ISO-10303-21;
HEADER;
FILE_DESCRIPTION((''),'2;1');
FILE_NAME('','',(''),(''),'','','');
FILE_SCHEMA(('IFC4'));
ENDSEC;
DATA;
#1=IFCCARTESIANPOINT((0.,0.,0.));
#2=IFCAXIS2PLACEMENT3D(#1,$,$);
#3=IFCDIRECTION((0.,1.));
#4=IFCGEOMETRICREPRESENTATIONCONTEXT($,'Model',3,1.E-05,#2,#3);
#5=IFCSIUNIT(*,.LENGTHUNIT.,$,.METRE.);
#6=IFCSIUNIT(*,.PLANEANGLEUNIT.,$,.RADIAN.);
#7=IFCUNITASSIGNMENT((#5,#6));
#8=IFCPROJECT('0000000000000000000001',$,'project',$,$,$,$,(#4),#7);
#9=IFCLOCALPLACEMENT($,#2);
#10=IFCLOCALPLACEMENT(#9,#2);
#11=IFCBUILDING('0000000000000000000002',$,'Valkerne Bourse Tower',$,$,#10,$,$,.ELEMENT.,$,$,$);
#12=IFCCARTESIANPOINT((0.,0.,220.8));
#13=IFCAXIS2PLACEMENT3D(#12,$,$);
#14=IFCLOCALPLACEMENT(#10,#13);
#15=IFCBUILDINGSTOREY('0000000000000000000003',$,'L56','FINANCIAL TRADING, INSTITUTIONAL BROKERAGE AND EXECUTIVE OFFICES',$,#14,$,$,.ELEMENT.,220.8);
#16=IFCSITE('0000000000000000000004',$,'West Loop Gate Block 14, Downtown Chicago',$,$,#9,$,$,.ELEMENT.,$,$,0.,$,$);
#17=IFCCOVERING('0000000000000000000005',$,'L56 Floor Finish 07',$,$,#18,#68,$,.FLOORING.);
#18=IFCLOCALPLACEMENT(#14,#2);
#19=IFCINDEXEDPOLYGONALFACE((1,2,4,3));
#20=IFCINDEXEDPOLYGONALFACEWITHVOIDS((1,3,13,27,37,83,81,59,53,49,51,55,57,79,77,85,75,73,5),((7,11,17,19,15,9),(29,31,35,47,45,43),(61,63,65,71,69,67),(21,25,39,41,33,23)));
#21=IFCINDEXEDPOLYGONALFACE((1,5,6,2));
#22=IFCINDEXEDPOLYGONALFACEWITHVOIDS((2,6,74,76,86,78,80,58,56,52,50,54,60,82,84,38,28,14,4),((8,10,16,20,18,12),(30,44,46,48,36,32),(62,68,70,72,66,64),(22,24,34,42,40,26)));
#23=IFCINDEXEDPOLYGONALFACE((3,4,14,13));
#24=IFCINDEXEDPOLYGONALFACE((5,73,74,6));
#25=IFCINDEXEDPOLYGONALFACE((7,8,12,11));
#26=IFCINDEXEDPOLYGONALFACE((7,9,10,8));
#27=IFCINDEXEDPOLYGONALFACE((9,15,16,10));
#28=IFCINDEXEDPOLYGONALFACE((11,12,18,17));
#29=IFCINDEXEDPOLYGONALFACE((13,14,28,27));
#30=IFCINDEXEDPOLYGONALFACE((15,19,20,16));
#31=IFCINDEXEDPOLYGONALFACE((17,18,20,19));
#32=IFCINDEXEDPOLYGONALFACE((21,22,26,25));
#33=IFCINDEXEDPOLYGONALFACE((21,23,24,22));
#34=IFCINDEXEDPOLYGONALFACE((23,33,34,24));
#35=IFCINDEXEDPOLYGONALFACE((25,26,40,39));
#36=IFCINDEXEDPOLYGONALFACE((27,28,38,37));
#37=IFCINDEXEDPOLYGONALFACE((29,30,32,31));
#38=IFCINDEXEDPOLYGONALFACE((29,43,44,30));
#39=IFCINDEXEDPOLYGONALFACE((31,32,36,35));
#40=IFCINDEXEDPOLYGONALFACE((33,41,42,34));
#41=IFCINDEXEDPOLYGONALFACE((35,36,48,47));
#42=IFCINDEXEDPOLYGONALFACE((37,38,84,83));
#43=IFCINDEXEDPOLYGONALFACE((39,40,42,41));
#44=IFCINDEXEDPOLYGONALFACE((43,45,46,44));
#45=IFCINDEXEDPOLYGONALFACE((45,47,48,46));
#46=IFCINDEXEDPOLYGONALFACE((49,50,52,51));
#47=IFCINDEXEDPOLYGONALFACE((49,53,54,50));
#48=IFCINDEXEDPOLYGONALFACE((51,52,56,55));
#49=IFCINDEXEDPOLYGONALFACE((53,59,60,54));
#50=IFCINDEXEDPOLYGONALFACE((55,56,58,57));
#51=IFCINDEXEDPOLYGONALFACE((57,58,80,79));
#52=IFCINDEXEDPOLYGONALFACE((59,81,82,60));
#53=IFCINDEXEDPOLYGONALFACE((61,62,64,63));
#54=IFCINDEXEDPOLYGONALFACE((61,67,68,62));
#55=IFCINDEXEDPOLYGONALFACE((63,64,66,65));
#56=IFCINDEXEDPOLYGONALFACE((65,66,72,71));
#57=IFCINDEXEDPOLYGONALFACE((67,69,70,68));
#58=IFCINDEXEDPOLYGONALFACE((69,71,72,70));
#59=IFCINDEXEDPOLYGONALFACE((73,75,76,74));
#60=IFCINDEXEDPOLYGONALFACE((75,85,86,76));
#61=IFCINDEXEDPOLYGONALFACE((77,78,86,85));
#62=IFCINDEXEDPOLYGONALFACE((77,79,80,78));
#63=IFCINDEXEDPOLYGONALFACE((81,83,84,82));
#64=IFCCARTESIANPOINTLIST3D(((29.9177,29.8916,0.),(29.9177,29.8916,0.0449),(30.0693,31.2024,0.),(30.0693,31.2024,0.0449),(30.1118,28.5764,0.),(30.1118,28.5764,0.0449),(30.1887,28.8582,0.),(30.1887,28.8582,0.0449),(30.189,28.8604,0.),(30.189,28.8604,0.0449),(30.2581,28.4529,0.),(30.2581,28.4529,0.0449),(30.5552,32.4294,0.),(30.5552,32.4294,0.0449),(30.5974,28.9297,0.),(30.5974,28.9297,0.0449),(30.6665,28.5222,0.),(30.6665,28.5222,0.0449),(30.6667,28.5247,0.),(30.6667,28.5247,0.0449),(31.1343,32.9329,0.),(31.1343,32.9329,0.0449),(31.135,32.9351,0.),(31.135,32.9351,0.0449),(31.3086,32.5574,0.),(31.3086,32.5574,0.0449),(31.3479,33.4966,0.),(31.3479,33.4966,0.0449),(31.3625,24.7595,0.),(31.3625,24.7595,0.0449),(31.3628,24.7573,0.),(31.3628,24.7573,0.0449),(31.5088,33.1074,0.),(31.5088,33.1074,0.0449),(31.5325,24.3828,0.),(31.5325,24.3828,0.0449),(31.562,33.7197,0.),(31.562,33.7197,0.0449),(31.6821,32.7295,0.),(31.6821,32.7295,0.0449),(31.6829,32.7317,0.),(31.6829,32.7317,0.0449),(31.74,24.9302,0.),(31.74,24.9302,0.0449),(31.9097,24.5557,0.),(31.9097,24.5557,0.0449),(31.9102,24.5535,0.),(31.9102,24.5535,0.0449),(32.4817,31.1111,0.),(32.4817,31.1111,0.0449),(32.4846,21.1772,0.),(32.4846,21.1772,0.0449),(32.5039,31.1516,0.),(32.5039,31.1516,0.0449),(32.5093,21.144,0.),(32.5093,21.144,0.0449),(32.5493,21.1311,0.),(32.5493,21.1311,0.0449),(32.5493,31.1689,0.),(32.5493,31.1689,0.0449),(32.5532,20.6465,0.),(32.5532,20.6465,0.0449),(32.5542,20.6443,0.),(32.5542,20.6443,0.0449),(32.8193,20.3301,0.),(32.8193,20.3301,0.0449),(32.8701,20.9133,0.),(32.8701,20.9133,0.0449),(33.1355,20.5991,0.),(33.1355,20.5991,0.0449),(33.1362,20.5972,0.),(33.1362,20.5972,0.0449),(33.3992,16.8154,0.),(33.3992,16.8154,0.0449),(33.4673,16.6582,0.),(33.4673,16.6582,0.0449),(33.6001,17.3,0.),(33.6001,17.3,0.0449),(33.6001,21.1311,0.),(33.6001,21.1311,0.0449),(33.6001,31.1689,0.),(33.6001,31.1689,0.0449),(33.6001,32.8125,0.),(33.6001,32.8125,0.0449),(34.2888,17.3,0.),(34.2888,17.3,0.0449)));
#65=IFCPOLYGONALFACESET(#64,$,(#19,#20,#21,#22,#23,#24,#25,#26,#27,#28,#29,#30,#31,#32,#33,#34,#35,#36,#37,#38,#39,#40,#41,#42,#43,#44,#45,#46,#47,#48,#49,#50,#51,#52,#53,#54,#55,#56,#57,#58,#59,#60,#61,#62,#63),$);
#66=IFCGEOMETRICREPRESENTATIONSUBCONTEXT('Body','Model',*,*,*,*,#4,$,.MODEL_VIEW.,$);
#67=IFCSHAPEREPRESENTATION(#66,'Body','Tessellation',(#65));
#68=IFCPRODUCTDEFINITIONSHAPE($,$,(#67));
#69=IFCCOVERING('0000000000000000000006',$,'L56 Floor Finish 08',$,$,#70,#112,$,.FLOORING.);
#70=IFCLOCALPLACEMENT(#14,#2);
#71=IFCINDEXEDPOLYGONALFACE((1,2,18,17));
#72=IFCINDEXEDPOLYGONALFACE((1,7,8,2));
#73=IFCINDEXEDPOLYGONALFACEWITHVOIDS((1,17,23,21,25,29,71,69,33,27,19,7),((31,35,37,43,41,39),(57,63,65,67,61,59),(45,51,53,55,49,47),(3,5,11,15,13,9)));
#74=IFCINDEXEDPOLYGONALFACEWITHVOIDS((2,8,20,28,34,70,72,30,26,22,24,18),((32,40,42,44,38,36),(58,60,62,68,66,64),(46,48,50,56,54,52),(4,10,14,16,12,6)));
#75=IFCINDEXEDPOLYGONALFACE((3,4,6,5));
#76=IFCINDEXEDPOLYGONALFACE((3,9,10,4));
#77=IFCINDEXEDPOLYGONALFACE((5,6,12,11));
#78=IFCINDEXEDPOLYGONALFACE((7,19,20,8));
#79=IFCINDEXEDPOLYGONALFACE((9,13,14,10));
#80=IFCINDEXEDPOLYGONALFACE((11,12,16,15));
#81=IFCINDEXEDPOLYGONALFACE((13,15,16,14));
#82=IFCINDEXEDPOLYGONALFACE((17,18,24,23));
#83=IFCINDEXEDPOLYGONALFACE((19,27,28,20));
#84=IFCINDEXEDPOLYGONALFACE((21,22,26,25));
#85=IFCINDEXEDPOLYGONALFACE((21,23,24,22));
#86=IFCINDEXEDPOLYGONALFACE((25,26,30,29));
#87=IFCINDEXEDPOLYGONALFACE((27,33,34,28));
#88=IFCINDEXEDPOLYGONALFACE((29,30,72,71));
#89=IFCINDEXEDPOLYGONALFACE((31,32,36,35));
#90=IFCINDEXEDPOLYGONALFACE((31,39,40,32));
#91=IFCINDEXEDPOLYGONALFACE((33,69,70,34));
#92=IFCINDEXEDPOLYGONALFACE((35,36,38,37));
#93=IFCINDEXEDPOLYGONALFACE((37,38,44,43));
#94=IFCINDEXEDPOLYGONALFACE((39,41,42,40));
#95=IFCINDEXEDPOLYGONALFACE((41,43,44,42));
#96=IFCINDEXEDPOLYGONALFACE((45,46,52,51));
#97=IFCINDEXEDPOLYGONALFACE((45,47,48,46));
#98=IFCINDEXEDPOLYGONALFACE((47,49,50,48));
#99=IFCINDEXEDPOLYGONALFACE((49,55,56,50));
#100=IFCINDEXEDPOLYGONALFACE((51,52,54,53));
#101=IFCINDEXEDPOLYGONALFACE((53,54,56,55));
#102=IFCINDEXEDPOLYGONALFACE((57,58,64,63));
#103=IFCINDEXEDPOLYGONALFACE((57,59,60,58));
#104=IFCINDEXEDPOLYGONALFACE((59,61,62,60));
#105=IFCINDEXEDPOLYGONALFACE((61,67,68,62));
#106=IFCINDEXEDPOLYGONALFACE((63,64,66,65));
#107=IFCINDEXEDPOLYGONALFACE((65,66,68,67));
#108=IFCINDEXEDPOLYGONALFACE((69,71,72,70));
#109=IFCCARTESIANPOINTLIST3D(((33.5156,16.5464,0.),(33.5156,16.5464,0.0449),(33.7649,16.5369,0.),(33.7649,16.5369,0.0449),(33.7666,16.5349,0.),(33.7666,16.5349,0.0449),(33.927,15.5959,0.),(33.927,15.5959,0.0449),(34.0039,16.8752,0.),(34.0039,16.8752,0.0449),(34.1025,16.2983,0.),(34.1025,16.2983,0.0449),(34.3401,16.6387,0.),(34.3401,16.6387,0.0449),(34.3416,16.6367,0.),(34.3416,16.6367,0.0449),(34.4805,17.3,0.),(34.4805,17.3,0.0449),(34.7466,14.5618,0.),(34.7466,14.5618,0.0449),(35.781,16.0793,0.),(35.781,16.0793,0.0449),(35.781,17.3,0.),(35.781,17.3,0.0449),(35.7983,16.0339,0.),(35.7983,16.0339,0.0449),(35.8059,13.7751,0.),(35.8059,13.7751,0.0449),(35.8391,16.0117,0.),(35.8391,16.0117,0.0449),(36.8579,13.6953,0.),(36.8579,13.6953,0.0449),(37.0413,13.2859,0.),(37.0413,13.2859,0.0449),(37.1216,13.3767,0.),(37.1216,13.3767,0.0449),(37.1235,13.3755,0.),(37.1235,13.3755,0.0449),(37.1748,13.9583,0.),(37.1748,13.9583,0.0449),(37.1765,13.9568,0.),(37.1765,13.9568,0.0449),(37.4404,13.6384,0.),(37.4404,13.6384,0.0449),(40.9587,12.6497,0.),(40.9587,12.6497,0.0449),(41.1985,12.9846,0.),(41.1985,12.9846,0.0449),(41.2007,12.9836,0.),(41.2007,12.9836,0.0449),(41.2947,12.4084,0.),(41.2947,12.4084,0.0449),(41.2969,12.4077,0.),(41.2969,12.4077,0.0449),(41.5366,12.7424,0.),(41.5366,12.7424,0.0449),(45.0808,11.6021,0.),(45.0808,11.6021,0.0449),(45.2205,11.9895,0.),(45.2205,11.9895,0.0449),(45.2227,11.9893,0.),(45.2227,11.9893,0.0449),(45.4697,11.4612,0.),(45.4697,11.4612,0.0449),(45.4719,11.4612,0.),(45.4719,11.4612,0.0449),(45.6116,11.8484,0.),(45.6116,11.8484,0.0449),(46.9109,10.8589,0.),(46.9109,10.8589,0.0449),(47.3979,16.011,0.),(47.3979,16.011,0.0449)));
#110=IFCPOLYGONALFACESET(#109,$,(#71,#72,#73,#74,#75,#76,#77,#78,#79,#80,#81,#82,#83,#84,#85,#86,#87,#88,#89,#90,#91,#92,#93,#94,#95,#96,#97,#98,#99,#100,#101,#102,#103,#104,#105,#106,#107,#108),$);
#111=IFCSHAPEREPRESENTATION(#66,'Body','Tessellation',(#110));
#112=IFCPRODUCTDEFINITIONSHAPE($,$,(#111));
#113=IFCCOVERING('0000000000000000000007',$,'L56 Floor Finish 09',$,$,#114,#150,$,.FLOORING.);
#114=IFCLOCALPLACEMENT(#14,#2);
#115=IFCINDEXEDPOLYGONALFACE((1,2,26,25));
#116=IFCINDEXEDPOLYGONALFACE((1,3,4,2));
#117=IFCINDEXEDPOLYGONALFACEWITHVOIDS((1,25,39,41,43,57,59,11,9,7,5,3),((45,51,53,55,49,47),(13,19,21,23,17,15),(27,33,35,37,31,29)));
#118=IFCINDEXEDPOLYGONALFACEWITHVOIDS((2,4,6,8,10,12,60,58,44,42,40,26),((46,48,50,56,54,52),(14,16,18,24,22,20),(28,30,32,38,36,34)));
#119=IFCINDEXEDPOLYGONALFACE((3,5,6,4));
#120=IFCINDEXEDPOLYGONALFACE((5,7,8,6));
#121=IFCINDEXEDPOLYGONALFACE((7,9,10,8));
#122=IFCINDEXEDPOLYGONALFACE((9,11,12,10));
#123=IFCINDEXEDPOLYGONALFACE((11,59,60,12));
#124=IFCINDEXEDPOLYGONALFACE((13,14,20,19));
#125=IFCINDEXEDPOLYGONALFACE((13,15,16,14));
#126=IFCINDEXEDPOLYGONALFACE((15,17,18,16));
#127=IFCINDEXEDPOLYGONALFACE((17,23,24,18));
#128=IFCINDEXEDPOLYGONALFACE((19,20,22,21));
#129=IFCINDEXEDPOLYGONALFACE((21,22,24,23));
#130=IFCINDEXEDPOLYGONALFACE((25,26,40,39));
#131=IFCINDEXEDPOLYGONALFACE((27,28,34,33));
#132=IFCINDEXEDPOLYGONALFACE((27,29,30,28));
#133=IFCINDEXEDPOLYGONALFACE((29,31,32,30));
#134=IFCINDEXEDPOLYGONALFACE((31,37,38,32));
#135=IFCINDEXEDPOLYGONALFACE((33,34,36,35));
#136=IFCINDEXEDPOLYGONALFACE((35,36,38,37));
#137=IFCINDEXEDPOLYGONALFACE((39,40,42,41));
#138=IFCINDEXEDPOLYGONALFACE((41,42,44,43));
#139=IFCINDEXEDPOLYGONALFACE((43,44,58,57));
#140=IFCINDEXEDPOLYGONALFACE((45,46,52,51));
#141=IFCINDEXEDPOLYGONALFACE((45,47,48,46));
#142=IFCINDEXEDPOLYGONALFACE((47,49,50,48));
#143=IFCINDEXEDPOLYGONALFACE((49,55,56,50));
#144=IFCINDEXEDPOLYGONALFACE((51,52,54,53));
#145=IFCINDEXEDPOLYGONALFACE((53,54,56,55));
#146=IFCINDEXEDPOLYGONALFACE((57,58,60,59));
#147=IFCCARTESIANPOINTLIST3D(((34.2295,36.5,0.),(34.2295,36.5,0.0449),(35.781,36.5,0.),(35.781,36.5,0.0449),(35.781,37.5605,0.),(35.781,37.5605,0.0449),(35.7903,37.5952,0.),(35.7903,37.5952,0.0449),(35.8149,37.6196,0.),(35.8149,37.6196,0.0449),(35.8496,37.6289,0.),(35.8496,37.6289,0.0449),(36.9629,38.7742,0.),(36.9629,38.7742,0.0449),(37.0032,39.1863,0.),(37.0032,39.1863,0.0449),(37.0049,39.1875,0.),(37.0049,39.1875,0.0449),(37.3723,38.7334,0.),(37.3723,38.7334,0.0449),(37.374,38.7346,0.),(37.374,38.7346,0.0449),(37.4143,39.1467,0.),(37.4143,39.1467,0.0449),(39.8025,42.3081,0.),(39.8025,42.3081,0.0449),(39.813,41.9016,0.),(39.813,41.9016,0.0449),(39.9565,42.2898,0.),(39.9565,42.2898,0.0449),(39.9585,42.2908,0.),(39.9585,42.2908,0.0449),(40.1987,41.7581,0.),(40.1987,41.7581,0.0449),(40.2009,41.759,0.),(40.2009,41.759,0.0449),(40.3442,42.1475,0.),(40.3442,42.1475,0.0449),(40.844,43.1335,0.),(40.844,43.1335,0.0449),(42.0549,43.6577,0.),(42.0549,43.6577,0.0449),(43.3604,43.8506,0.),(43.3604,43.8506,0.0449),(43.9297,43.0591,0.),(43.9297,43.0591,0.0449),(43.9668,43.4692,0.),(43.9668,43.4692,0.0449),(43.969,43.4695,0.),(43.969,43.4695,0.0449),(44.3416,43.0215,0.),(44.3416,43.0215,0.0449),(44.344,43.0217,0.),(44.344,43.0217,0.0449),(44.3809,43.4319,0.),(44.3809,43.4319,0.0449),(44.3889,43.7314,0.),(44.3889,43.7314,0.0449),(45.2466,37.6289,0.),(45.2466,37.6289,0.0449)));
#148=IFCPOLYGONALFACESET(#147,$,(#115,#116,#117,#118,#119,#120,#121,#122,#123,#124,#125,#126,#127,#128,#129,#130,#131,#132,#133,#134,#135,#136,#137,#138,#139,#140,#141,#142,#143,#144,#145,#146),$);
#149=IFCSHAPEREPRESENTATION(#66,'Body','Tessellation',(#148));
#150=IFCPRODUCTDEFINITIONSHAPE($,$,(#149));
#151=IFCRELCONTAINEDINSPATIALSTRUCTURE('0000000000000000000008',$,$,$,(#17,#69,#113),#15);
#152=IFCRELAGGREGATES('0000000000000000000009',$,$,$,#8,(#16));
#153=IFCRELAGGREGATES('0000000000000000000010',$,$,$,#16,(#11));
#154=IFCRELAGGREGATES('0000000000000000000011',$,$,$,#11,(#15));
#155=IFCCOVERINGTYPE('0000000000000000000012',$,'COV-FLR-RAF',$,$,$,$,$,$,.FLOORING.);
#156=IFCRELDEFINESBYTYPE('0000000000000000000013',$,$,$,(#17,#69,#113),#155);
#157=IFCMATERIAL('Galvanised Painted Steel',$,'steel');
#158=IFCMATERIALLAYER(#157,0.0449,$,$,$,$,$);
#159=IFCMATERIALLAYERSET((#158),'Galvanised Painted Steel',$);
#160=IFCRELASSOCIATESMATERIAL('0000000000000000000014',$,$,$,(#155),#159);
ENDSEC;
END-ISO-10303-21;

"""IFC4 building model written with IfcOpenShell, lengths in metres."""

from ifc_helpers import new_model, si_unit, direction, frame, origin, place, context, subcontext, project, spatial, polyline, outline, extrude, material, layer, layer_set, type_object, element, save


model = new_model("IFC4")

# Units and contexts
model_context = context("Model", 3, precision=1e-05, world=origin(), true_north=direction((0.0, 1.0)))
body_context = subcontext(model_context, "Body", "Model", "MODEL_VIEW")
ifc_project = project(units=[si_unit("LENGTHUNIT", "METRE"), si_unit("PLANEANGLEUNIT", "RADIAN")], contexts=[model_context])

# Site, building, storey
site_placement = place(None, origin())
site = spatial("IfcSite", under=ifc_project, at=site_placement, Name="West Loop Gate Block 14, Downtown Chicago", CompositionType="ELEMENT", RefElevation=0.0)
building_placement = place(site_placement, origin())
building = spatial("IfcBuilding", under=site, at=building_placement, Name="Valkerne Bourse Tower", CompositionType="ELEMENT")
storey_placement = place(building_placement, frame((0.0, 0.0, 220.8)))
storey = spatial("IfcBuildingStorey", under=building, at=storey_placement, Name="L56", Description="FINANCIAL TRADING, INSTITUTIONAL BROKERAGE AND EXECUTIVE OFFICES", CompositionType="ELEMENT", Elevation=220.8)

# Coverings
ifc_material_1 = material(Name="Galvanised Painted Steel", Category="steel")
ifc_layer_1 = layer(ifc_material_1, 0.0449)
ifc_layer_set_1 = layer_set([ifc_layer_1], Name="Galvanised Painted Steel")
covering_type_1 = type_object("IfcCoveringType", Name="COV-FLR-RAF", PredefinedType="FLOORING", material=ifc_layer_set_1)
covering_1_placement = place(storey_placement, origin())
element("IfcCovering", 1, at=covering_1_placement, inside=storey, type_object=covering_type_1, Name="L56 Floor Finish 07", PredefinedType="FLOORING", context=body_context, shape_type="SweptSolid", body=[
    extrude(outline(polyline([(29.9177, 29.8916), (30.0693, 31.2024), (30.5552, 32.4294), (31.3479, 33.4966), (31.562, 33.7197), (33.6001, 32.8125), (33.6001, 31.1689), (32.5493, 31.1689), (32.5039, 31.1516), (32.4817, 31.1111), (32.4846, 21.1772), (32.5093, 21.144), (32.5493, 21.1311), (33.6001, 21.1311), (33.6001, 17.3), (34.2888, 17.3), (33.4673, 16.6582), (33.3992, 16.8154), (30.1118, 28.5764), (29.9177, 29.8916)]), holes=[polyline([(33.1355, 20.5991), (32.8701, 20.9133), (32.5532, 20.6465), (32.5542, 20.6443), (32.8193, 20.3301), (33.1362, 20.5972), (33.1355, 20.5991)]), polyline([(31.9097, 24.5557), (31.74, 24.9302), (31.3625, 24.7595), (31.3628, 24.7573), (31.5325, 24.3828), (31.9102, 24.5535), (31.9097, 24.5557)]), polyline([(30.6667, 28.5247), (30.5974, 28.9297), (30.189, 28.8604), (30.1887, 28.8582), (30.2581, 28.4529), (30.6665, 28.5222), (30.6667, 28.5247)]), polyline([(31.6829, 32.7317), (31.5088, 33.1074), (31.135, 32.9351), (31.1343, 32.9329), (31.3086, 32.5574), (31.6821, 32.7295), (31.6829, 32.7317)])]), origin(), (0.0, 0.0, 1.0), 0.0449),
])
covering_2_placement = place(storey_placement, origin())
element("IfcCovering", 2, at=covering_2_placement, inside=storey, type_object=covering_type_1, Name="L56 Floor Finish 08", PredefinedType="FLOORING", context=body_context, shape_type="SweptSolid", body=[
    extrude(outline(polyline([(34.7466, 14.5618), (33.927, 15.5959), (33.5156, 16.5464), (34.4805, 17.3), (35.781, 17.3), (35.781, 16.0793), (35.7983, 16.0339), (35.8391, 16.0117), (47.3979, 16.011), (46.9109, 10.8589), (37.0413, 13.2859), (35.8059, 13.7751), (34.7466, 14.5618)]), holes=[polyline([(45.2227, 11.9893), (45.2205, 11.9895), (45.0808, 11.6021), (45.4697, 11.4612), (45.4719, 11.4612), (45.6116, 11.8484), (45.2227, 11.9893)]), polyline([(41.2007, 12.9836), (41.1985, 12.9846), (40.9587, 12.6497), (41.2947, 12.4084), (41.2969, 12.4077), (41.5366, 12.7424), (41.2007, 12.9836)]), polyline([(37.1765, 13.9568), (37.1748, 13.9583), (36.8579, 13.6953), (37.1216, 13.3767), (37.1235, 13.3755), (37.4404, 13.6384), (37.1765, 13.9568)]), polyline([(34.3401, 16.6387), (34.0039, 16.8752), (33.7649, 16.5369), (33.7666, 16.5349), (34.1025, 16.2983), (34.3416, 16.6367), (34.3401, 16.6387)])]), origin(), (0.0, 0.0, 1.0), 0.0449),
])
covering_3_placement = place(storey_placement, origin())
element("IfcCovering", 3, at=covering_3_placement, inside=storey, type_object=covering_type_1, Name="L56 Floor Finish 09", PredefinedType="FLOORING", context=body_context, shape_type="SweptSolid", body=[
    extrude(outline(polyline([(42.0549, 43.6577), (43.3604, 43.8506), (44.3889, 43.7314), (45.2466, 37.6289), (35.8496, 37.6289), (35.8149, 37.6196), (35.7903, 37.5952), (35.781, 37.5605), (35.781, 36.5), (34.2295, 36.5), (39.8025, 42.3081), (40.844, 43.1335), (42.0549, 43.6577)]), holes=[polyline([(37.374, 38.7346), (37.4143, 39.1467), (37.0049, 39.1875), (37.0032, 39.1863), (36.9629, 38.7742), (37.3723, 38.7334), (37.374, 38.7346)]), polyline([(40.2009, 41.759), (40.3442, 42.1475), (39.9585, 42.2908), (39.9565, 42.2898), (39.813, 41.9016), (40.1987, 41.7581), (40.2009, 41.759)]), polyline([(44.3809, 43.4319), (43.969, 43.4695), (43.9668, 43.4692), (43.9297, 43.0591), (44.3416, 43.0215), (44.344, 43.0217), (44.3809, 43.4319)])]), origin(), (0.0, 0.0, 1.0), 0.0449),
])

save(model, "model.ifc")
